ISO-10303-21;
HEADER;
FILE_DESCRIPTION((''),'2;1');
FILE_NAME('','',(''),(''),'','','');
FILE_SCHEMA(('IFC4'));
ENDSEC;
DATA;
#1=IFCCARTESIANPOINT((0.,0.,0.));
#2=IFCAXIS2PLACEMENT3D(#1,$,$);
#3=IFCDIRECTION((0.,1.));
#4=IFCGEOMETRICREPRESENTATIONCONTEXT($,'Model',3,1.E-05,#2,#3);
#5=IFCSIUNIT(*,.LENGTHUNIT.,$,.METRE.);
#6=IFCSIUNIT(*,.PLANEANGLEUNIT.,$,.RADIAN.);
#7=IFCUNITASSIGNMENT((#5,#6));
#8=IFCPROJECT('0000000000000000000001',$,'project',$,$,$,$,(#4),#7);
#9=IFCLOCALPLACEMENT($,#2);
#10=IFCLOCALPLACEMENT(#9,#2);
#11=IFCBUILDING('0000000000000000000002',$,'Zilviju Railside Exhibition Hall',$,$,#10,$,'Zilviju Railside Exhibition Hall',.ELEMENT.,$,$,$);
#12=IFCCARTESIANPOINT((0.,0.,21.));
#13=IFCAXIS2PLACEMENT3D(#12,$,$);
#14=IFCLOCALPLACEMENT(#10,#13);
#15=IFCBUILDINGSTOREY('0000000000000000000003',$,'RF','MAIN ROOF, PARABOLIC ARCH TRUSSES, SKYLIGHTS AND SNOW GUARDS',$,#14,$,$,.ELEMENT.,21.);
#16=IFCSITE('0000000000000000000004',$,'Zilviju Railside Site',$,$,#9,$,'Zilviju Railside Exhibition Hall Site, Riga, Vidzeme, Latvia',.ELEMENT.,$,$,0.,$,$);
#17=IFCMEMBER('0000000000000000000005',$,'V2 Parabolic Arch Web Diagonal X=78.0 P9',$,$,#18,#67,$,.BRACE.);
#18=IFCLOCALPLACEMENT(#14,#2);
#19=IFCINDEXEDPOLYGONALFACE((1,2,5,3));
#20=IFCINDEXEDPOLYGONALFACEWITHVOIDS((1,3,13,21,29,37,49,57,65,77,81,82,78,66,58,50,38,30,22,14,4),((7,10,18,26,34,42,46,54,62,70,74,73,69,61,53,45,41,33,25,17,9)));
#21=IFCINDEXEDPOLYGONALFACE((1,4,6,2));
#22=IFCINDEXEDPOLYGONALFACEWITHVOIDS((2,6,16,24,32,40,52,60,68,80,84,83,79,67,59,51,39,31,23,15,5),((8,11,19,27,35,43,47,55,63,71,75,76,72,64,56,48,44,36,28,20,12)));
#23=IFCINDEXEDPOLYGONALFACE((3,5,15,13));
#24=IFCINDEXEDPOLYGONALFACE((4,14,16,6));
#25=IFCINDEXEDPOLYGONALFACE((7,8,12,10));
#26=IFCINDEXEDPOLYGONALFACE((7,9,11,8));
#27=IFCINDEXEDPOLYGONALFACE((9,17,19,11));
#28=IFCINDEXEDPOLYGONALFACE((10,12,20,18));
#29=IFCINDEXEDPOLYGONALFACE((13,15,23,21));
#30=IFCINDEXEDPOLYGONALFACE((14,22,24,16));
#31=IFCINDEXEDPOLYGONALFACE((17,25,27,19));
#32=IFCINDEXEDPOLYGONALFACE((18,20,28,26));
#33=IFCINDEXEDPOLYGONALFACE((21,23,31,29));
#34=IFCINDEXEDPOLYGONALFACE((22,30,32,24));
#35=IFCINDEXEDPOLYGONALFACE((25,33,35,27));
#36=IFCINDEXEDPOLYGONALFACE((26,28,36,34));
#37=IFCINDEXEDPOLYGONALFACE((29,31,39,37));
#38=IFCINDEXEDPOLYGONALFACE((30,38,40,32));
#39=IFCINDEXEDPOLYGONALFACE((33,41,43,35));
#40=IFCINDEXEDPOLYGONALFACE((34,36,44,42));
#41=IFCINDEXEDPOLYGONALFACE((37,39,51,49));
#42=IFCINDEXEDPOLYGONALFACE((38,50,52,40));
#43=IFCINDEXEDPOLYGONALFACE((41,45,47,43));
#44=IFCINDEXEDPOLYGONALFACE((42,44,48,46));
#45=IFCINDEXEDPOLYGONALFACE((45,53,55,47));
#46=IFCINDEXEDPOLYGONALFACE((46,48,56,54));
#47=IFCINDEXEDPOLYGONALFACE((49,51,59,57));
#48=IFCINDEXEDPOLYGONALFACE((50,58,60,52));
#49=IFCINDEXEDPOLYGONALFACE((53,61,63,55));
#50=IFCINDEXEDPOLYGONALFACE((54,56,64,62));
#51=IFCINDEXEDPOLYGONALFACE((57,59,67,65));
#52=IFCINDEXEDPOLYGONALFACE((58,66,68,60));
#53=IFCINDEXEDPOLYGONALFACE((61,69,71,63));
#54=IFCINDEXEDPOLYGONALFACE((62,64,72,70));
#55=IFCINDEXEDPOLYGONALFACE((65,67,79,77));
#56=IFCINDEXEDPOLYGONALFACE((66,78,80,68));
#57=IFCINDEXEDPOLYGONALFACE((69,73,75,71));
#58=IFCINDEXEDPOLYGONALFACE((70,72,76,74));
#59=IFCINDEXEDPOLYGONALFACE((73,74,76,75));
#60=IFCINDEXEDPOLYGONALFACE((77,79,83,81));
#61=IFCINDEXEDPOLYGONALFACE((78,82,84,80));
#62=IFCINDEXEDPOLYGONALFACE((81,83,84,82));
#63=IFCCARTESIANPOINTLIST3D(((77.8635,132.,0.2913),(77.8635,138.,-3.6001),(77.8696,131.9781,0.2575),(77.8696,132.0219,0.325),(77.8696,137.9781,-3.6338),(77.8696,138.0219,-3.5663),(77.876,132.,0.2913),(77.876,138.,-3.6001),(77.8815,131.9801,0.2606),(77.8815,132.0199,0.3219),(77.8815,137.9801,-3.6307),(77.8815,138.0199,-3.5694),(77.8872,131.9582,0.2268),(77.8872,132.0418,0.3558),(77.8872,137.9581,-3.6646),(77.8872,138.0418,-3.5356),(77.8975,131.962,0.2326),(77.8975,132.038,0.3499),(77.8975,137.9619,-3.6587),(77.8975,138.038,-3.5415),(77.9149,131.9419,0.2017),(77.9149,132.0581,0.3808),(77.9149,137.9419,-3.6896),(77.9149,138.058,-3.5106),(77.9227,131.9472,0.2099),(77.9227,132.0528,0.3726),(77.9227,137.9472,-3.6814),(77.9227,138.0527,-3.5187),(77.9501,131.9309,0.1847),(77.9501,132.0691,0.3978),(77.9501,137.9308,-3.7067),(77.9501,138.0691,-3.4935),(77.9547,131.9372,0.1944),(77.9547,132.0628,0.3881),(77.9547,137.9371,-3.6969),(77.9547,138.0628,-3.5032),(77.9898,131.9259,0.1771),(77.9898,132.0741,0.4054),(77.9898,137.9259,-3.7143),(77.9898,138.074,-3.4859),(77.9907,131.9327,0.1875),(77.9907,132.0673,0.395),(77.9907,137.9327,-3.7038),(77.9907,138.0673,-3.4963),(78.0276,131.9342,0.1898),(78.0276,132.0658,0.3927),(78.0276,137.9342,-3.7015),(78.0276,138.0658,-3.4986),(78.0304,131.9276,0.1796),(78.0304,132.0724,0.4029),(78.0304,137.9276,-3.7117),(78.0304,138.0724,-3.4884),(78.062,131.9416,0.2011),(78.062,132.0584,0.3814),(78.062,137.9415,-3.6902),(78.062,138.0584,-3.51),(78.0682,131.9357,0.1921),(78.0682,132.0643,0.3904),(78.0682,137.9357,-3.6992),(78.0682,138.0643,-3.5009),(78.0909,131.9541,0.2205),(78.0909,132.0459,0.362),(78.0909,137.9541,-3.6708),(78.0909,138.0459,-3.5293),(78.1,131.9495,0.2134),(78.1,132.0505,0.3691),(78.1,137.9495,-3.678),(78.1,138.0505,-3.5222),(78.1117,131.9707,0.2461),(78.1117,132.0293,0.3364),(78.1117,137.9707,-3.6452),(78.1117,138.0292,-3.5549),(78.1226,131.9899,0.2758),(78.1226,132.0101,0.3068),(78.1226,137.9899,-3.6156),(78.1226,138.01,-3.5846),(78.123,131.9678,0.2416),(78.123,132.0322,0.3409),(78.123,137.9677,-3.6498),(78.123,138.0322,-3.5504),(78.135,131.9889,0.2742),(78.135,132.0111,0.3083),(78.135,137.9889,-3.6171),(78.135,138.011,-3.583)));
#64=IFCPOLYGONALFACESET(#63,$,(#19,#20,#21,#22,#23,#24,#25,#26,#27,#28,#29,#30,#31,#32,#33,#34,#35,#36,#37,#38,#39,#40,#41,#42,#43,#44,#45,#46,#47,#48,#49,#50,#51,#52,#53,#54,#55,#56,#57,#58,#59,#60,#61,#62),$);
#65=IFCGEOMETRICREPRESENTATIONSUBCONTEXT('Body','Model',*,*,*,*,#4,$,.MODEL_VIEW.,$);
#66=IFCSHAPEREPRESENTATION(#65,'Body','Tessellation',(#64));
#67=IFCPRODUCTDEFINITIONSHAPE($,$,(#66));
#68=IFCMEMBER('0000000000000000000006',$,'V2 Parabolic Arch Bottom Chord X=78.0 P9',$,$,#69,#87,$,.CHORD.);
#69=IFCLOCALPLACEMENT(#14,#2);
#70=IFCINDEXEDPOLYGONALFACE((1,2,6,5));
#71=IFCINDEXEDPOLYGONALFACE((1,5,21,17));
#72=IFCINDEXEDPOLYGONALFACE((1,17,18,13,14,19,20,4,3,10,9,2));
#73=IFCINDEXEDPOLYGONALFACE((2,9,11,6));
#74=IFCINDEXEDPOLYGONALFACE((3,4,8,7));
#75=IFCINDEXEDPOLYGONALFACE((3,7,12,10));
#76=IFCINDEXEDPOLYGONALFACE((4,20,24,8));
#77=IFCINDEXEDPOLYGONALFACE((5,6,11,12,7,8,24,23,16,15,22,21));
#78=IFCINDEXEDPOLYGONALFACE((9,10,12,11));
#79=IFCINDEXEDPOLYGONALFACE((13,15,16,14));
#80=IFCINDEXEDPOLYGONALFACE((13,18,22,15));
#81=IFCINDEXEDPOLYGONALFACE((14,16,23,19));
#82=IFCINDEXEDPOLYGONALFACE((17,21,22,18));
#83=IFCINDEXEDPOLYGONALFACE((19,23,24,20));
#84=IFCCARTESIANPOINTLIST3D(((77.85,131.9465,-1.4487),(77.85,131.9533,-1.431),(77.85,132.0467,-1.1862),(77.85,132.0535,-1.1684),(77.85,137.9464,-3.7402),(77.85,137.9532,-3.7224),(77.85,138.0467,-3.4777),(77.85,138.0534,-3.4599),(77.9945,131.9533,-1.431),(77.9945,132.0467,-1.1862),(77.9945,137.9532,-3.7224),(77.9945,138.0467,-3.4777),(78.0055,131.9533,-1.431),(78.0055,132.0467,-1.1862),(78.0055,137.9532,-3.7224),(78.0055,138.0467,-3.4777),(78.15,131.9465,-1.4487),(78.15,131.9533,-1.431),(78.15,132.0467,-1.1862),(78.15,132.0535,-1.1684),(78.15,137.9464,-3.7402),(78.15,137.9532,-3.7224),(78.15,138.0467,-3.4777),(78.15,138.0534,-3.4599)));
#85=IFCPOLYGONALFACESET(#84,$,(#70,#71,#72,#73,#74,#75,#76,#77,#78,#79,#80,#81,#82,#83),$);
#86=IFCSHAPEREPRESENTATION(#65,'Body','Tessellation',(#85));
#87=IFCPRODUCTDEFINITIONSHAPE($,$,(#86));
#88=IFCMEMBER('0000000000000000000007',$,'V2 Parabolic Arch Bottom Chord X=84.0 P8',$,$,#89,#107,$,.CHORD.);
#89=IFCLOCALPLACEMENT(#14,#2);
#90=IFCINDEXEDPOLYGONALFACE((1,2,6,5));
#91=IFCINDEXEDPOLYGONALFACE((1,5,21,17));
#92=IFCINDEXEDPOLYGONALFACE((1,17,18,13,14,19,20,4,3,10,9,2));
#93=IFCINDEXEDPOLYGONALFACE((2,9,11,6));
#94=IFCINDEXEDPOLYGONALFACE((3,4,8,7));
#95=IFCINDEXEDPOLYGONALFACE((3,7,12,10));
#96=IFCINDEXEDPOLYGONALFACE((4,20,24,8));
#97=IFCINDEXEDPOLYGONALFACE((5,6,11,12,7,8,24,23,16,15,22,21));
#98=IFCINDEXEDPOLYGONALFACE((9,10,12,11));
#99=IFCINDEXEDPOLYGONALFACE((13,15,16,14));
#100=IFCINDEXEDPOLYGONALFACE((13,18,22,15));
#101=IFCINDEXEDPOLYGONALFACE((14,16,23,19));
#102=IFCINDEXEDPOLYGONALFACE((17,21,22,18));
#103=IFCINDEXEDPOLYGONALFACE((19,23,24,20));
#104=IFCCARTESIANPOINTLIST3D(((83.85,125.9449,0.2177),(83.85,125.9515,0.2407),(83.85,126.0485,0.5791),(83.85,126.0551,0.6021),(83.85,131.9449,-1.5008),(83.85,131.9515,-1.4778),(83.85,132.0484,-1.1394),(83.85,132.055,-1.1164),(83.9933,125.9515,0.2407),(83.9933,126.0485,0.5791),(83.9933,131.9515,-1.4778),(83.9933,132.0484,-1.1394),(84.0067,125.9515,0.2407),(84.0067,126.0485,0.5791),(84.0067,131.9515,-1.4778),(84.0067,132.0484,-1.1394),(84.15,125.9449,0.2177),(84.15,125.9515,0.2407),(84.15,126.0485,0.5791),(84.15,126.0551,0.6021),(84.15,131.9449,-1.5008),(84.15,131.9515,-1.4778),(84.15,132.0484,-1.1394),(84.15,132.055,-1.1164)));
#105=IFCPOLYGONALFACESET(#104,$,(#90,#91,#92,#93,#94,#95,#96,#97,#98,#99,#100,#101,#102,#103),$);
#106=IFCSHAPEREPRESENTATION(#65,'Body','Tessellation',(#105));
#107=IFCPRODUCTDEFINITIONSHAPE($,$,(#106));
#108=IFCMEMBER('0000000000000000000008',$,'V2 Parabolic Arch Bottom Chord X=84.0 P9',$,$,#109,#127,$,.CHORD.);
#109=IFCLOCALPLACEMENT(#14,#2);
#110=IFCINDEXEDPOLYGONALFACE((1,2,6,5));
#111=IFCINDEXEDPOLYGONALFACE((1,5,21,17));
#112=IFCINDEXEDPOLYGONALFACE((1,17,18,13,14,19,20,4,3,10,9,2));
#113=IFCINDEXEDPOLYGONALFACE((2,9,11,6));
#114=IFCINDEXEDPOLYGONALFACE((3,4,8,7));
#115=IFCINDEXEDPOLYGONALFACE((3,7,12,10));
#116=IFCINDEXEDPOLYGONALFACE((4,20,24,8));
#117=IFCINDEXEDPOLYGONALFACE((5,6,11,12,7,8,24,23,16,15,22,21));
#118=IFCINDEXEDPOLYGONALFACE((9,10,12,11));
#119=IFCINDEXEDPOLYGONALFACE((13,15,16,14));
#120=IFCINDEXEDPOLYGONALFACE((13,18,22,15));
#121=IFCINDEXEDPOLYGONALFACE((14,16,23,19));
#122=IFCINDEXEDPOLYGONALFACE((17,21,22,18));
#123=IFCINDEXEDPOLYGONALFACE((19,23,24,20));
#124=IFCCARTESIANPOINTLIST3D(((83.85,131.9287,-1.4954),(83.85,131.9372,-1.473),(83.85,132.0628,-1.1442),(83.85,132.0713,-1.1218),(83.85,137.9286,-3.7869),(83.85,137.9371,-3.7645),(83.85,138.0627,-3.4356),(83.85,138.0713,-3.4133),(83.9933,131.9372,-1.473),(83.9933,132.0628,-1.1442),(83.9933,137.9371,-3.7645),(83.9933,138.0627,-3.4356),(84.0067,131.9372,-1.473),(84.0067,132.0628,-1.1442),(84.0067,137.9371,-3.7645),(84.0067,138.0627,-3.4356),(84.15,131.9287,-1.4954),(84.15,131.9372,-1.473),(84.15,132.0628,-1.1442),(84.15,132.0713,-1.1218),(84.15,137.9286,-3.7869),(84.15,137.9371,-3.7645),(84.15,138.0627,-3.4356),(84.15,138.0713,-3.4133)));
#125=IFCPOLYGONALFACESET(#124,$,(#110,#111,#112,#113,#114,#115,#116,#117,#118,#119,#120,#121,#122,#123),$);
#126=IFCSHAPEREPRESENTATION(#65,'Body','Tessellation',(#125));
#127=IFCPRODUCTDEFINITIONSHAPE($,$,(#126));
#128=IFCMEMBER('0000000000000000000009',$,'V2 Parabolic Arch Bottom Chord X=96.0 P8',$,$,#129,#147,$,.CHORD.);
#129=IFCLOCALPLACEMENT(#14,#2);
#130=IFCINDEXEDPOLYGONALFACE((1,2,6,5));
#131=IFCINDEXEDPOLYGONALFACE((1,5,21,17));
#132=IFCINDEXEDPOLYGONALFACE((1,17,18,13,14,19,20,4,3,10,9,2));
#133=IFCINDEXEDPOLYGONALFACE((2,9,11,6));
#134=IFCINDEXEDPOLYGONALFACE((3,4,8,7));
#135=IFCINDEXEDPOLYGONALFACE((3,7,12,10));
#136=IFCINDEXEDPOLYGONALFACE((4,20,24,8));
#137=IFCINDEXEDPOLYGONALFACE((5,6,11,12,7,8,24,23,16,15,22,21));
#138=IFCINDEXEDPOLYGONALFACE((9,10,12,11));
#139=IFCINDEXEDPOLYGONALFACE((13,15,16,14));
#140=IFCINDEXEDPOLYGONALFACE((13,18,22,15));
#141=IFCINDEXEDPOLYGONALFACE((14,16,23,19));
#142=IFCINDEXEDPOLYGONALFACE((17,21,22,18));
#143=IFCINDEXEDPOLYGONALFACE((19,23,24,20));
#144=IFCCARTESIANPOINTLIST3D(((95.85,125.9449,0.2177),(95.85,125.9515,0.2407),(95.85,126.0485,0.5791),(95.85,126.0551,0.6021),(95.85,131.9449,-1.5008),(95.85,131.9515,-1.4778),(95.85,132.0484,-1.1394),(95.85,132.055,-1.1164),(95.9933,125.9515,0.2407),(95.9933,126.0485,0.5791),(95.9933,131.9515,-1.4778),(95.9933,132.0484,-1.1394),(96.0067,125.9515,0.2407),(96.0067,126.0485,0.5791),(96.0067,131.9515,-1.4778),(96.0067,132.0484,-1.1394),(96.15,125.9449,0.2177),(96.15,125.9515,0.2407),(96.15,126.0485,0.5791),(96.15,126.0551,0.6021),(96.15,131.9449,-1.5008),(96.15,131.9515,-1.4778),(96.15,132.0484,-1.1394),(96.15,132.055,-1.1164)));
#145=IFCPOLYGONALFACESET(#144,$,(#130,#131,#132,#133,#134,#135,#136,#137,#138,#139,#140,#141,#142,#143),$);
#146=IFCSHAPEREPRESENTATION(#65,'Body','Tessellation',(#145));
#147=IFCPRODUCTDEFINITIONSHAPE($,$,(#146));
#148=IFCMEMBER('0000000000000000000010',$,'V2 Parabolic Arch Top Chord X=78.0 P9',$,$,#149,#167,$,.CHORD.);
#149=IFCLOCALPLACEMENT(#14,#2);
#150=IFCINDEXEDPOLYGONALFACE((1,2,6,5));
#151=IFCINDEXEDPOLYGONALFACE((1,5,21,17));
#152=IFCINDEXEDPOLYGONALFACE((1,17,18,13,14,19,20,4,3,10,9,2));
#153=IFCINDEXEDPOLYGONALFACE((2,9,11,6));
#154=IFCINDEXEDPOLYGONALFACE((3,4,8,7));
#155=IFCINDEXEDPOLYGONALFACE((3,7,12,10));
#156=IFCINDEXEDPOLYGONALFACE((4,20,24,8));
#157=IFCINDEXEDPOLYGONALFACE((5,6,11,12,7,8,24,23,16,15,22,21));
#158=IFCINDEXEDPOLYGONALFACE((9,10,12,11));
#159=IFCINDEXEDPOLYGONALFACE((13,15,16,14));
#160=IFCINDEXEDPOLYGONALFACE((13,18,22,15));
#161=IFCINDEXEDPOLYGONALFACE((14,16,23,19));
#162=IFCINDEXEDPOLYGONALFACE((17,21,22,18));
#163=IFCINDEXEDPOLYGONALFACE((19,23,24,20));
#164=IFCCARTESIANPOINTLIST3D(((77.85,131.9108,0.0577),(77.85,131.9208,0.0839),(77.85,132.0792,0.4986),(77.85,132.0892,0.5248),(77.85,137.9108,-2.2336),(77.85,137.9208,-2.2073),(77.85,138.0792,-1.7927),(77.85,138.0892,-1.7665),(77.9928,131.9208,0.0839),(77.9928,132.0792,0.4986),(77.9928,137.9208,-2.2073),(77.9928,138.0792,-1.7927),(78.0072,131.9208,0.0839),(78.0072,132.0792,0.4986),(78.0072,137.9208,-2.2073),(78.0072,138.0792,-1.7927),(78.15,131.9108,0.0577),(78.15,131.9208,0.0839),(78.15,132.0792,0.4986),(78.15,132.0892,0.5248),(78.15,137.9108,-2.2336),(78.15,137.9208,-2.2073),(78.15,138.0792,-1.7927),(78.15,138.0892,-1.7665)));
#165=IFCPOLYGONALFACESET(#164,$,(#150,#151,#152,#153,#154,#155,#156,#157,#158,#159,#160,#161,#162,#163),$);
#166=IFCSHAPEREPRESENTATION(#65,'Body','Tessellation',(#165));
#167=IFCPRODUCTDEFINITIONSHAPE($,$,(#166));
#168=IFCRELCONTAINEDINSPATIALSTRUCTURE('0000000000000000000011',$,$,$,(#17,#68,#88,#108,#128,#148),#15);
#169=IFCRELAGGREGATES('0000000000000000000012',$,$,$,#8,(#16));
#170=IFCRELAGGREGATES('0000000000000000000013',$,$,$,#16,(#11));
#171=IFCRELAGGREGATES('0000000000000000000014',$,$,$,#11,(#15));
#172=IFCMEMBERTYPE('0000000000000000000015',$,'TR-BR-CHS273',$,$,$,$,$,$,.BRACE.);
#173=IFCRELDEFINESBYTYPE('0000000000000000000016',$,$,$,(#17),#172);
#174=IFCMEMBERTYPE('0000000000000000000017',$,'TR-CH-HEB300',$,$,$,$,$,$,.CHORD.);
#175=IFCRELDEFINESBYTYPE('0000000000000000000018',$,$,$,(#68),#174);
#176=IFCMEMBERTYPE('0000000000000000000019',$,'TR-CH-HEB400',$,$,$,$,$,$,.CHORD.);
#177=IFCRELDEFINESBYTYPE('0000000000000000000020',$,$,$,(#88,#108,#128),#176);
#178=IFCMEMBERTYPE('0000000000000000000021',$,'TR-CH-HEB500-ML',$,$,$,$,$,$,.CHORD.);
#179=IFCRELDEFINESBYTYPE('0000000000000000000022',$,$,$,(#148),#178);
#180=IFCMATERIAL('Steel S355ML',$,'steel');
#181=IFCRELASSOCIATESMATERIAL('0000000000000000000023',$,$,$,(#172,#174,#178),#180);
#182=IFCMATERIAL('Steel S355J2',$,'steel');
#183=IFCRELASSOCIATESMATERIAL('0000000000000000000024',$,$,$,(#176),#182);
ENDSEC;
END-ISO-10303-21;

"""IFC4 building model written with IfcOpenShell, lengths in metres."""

from ifc_helpers import new_model, si_unit, direction, frame, origin, origin_2d, place, context, subcontext, project, spatial, hollow_circle, i_section, extrude, material, material_profile, profile_set, type_object, element, save


model = new_model("IFC4")

# Units and contexts
model_context = context("Model", 3, precision=1e-05, world=origin(), true_north=direction((0.0, 1.0)))
body_context = subcontext(model_context, "Body", "Model", "MODEL_VIEW")
ifc_project = project(units=[si_unit("LENGTHUNIT", "METRE"), si_unit("PLANEANGLEUNIT", "RADIAN")], contexts=[model_context])

# Site, building, storey
site_placement = place(None, origin())
site = spatial("IfcSite", under=ifc_project, at=site_placement, Name="Zilviju Railside Site", LongName="Zilviju Railside Exhibition Hall Site, Riga, Vidzeme, Latvia", CompositionType="ELEMENT", RefElevation=0.0)
building_placement = place(site_placement, origin())
building = spatial("IfcBuilding", under=site, at=building_placement, Name="Zilviju Railside Exhibition Hall", LongName="Zilviju Railside Exhibition Hall", CompositionType="ELEMENT")
storey_placement = place(building_placement, frame((0.0, 0.0, 21.0)))
storey = spatial("IfcBuildingStorey", under=building, at=storey_placement, Name="RF", Description="MAIN ROOF, PARABOLIC ARCH TRUSSES, SKYLIGHTS AND SNOW GUARDS", CompositionType="ELEMENT", Elevation=21.0)

# Members
ifc_material_1 = material(Name="Steel S355J2", Category="steel")
ifc_material_2 = material(Name="Steel S355ML", Category="steel")
ifc_material_profile_1 = material_profile(ifc_material_2, hollow_circle(Radius=0.1365, WallThickness=0.0125, at=origin_2d()), Name="CHS 273.0x12.5")
ifc_profile_set_1 = profile_set([ifc_material_profile_1], Name="Steel S355ML")
member_type_1 = type_object("IfcMemberType", Name="TR-BR-CHS273", PredefinedType="BRACE", material=ifc_profile_set_1)
member_1_placement = place(storey_placement, frame((78.0, 132.0, 0.2913), z_axis=(0.0, 0.838995, -0.544139), x_axis=(-1.0, 0.0, 0.0)))
element("IfcMember", 1, at=member_1_placement, inside=storey, type_object=member_type_1, Name="V2 Parabolic Arch Web Diagonal X=78.0 P9", PredefinedType="BRACE", context=body_context, shape_type="SweptSolid", body=[
    extrude(hollow_circle(Radius=0.1365, WallThickness=0.0125, at=origin_2d()), origin(), (0.0, 0.0, 1.0), 7.1514),
])
ifc_material_profile_2 = material_profile(ifc_material_2, i_section(OverallWidth=0.3, OverallDepth=0.3, WebThickness=0.011, FlangeThickness=0.019, at=origin_2d()), Name="HEB 300")
ifc_profile_set_2 = profile_set([ifc_material_profile_2], Name="Steel S355ML")
member_type_2 = type_object("IfcMemberType", Name="TR-CH-HEB300", PredefinedType="CHORD", material=ifc_profile_set_2)
member_2_placement = place(storey_placement, frame((78.0, 132.0, -1.3086), z_axis=(0.0, 0.934188, -0.356782), x_axis=(-1.0, 0.0, 0.0)))
element("IfcMember", 2, at=member_2_placement, inside=storey, type_object=member_type_2, Name="V2 Parabolic Arch Bottom Chord X=78.0 P9", PredefinedType="CHORD", context=body_context, shape_type="SweptSolid", body=[
    extrude(i_section(OverallWidth=0.3, OverallDepth=0.3, WebThickness=0.011, FlangeThickness=0.019, at=origin_2d()), origin(), (0.0, 0.0, 1.0), 6.4226),
])
ifc_material_profile_3 = material_profile(ifc_material_1, i_section(OverallWidth=0.3, OverallDepth=0.3999, WebThickness=0.0134, FlangeThickness=0.0239, at=origin_2d()), Name="HEB 400")
ifc_profile_set_3 = profile_set([ifc_material_profile_3], Name="Steel S355J2")
member_type_3 = type_object("IfcMemberType", Name="TR-CH-HEB400", PredefinedType="CHORD", material=ifc_profile_set_3)
member_3_placement = place(storey_placement, frame((84.0, 126.0, 0.4099), z_axis=(0.0, 0.961345, -0.275346), x_axis=(-1.0, 0.0, 0.0)))
element("IfcMember", 3, at=member_3_placement, inside=storey, type_object=member_type_3, Name="V2 Parabolic Arch Bottom Chord X=84.0 P8", PredefinedType="CHORD", context=body_context, shape_type="SweptSolid", body=[
    extrude(i_section(OverallWidth=0.3, OverallDepth=0.3999, WebThickness=0.0134, FlangeThickness=0.0239, at=origin_2d()), origin(), (0.0, 0.0, 1.0), 6.2412),
])
member_4_placement = place(storey_placement, frame((84.0, 132.0, -1.3086), z_axis=(0.0, 0.934188, -0.356782), x_axis=(-1.0, 0.0, 0.0)))
element("IfcMember", 4, at=member_4_placement, inside=storey, type_object=member_type_3, Name="V2 Parabolic Arch Bottom Chord X=84.0 P9", PredefinedType="CHORD", context=body_context, shape_type="SweptSolid", body=[
    extrude(i_section(OverallWidth=0.3, OverallDepth=0.3999, WebThickness=0.0134, FlangeThickness=0.0239, at=origin_2d()), origin(), (0.0, 0.0, 1.0), 6.4226),
])
member_5_placement = place(storey_placement, frame((96.0, 126.0, 0.4099), z_axis=(0.0, 0.961345, -0.275346), x_axis=(-1.0, 0.0, 0.0)))
element("IfcMember", 5, at=member_5_placement, inside=storey, type_object=member_type_3, Name="V2 Parabolic Arch Bottom Chord X=96.0 P8", PredefinedType="CHORD", context=body_context, shape_type="SweptSolid", body=[
    extrude(i_section(OverallWidth=0.3, OverallDepth=0.3999, WebThickness=0.0134, FlangeThickness=0.0239, at=origin_2d()), origin(), (0.0, 0.0, 1.0), 6.2412),
])
ifc_material_profile_4 = material_profile(ifc_material_2, i_section(OverallWidth=0.3, OverallDepth=0.5, WebThickness=0.0144, FlangeThickness=0.0281, at=origin_2d()), Name="HEB 500")
ifc_profile_set_4 = profile_set([ifc_material_profile_4], Name="Steel S355ML")
member_type_4 = type_object("IfcMemberType", Name="TR-CH-HEB500-ML", PredefinedType="CHORD", material=ifc_profile_set_4)
member_6_placement = place(storey_placement, frame((78.0, 132.0, 0.2913), z_axis=(0.0, 0.9342, -0.356749), x_axis=(-1.0, 0.0, 0.0)))
element("IfcMember", 6, at=member_6_placement, inside=storey, type_object=member_type_4, Name="V2 Parabolic Arch Top Chord X=78.0 P9", PredefinedType="CHORD", context=body_context, shape_type="SweptSolid", body=[
    extrude(i_section(OverallWidth=0.3, OverallDepth=0.5, WebThickness=0.0144, FlangeThickness=0.0281, at=origin_2d()), origin(), (0.0, 0.0, 1.0), 6.4226),
])

save(model, "model.ifc")
